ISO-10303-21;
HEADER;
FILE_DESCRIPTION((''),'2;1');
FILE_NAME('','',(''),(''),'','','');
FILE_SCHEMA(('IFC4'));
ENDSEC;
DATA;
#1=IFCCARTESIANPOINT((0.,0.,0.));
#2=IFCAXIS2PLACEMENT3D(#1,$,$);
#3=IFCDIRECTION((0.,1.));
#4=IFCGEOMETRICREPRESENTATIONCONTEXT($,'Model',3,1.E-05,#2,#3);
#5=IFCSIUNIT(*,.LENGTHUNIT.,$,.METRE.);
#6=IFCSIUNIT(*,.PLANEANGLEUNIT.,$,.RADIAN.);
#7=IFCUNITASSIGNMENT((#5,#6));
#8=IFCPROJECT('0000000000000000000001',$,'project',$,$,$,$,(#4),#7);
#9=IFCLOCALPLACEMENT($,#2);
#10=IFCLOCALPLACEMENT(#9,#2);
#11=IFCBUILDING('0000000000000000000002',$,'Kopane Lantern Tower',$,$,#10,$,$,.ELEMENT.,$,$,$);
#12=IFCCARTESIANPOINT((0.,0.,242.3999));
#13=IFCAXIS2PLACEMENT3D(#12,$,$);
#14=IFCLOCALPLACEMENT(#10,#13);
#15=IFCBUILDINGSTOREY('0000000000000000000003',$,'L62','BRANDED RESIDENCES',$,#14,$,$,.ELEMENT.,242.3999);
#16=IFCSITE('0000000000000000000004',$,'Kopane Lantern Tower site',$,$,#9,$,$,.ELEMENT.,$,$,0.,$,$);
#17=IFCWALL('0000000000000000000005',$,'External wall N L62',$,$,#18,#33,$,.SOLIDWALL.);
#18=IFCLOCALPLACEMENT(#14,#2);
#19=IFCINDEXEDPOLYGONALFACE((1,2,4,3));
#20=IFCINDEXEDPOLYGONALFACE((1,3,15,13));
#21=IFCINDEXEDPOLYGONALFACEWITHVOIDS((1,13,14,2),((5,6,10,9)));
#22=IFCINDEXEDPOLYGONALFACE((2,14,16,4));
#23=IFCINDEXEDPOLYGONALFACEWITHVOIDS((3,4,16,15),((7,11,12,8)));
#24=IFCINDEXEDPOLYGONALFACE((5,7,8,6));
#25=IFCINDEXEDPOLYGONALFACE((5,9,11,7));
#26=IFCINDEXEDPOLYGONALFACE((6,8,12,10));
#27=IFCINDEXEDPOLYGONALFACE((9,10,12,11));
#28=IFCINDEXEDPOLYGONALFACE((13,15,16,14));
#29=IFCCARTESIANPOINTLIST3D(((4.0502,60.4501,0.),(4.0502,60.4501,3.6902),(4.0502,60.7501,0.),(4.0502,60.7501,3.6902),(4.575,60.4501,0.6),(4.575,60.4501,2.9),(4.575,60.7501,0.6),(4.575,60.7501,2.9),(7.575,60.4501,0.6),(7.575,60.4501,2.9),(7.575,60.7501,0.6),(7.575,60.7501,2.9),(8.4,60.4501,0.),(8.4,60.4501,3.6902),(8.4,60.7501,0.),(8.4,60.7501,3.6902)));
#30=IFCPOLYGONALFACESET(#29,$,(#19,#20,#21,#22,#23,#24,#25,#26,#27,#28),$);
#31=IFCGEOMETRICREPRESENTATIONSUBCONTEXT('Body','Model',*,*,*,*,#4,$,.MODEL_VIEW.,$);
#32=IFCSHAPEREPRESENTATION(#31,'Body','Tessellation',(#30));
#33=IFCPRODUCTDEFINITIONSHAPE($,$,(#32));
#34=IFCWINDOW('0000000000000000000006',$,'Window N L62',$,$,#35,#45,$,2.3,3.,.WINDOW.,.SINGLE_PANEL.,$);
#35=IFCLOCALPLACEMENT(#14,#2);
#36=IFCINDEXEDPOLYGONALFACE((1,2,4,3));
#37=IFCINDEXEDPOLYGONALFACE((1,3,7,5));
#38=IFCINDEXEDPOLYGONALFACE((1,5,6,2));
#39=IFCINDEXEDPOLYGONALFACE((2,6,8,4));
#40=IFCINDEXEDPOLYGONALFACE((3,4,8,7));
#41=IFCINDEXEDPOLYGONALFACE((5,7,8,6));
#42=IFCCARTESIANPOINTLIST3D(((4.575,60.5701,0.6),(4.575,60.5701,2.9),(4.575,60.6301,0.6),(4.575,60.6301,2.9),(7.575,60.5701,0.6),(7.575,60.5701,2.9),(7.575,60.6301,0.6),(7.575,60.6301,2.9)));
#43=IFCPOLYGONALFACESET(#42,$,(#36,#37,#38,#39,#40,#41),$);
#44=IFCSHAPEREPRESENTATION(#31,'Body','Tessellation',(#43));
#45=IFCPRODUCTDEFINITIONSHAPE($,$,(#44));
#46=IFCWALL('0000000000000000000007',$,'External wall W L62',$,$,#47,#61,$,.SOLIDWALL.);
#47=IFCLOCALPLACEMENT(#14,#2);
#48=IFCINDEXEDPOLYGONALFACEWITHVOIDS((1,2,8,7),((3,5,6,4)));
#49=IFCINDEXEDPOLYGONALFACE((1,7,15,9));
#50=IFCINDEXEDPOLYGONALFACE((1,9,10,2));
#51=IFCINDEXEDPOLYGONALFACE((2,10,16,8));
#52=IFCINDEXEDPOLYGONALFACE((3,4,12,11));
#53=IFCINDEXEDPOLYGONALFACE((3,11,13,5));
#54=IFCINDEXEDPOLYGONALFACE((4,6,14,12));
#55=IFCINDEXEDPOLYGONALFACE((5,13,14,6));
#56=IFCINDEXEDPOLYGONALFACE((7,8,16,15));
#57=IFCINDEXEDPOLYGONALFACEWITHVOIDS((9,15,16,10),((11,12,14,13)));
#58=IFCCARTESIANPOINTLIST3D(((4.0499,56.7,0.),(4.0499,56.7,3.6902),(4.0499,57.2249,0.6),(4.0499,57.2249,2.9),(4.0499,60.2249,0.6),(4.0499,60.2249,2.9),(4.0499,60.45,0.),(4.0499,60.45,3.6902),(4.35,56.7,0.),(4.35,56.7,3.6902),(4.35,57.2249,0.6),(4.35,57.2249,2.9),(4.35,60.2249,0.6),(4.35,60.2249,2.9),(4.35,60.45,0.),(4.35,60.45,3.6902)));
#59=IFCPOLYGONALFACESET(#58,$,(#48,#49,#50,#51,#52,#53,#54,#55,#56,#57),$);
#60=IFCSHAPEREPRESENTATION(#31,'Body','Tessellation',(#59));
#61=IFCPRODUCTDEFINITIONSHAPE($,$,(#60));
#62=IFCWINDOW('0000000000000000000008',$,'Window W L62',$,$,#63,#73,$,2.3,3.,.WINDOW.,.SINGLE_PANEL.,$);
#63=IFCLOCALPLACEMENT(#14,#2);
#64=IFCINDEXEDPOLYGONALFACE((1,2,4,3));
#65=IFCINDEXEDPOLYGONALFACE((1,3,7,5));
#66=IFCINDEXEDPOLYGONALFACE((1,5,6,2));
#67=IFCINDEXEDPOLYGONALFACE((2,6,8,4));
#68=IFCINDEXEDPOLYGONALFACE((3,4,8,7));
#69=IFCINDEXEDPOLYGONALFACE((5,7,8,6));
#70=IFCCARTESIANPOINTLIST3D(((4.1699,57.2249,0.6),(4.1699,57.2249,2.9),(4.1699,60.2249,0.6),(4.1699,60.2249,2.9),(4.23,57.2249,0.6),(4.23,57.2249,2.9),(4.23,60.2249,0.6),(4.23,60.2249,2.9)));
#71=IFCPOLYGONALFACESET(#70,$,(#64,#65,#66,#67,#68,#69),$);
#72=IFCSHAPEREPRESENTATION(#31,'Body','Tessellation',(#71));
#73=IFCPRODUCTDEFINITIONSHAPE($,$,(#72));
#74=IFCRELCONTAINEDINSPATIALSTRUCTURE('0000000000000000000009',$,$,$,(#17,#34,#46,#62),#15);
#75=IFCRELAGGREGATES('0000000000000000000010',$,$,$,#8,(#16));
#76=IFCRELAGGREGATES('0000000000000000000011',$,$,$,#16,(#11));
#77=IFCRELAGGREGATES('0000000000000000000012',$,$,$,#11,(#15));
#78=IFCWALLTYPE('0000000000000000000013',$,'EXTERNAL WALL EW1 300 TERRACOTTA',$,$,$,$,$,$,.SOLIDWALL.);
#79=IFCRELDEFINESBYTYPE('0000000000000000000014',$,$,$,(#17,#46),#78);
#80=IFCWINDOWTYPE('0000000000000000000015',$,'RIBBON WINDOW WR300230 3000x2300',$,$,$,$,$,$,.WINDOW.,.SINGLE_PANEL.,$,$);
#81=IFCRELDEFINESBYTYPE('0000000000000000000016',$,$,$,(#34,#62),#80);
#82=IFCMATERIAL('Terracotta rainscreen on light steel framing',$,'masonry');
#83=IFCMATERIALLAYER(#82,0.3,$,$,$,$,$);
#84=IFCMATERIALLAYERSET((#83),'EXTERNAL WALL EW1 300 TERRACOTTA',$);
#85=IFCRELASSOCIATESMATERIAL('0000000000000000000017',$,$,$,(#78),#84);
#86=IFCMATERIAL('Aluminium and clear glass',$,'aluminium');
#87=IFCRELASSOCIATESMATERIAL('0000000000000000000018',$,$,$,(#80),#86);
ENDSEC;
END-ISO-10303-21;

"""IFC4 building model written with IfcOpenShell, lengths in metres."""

from ifc_helpers import new_model, si_unit, direction, frame, frame_2d, origin, place, context, subcontext, project, spatial, rectangle, extrude, material, layer, layer_set, type_object, element, fill, save


model = new_model("IFC4")

# Units and contexts
model_context = context("Model", 3, precision=1e-05, world=origin(), true_north=direction((0.0, 1.0)))
body_context = subcontext(model_context, "Body", "Model", "MODEL_VIEW")
ifc_project = project(units=[si_unit("LENGTHUNIT", "METRE"), si_unit("PLANEANGLEUNIT", "RADIAN")], contexts=[model_context])

# Site, building, storey
site_placement = place(None, origin())
site = spatial("IfcSite", under=ifc_project, at=site_placement, Name="Kopane Lantern Tower site", CompositionType="ELEMENT", RefElevation=0.0)
building_placement = place(site_placement, origin())
building = spatial("IfcBuilding", under=site, at=building_placement, Name="Kopane Lantern Tower", CompositionType="ELEMENT")
storey_placement = place(building_placement, frame((0.0, 0.0, 242.3999)))
storey = spatial("IfcBuildingStorey", under=building, at=storey_placement, Name="L62", Description="BRANDED RESIDENCES", CompositionType="ELEMENT", Elevation=242.3999)

# Walls, openings, windows
ifc_material_1 = material(Name="Terracotta rainscreen on light steel framing", Category="masonry")
ifc_layer_1 = layer(ifc_material_1, 0.3)
ifc_layer_set_1 = layer_set([ifc_layer_1], Name="EXTERNAL WALL EW1 300 TERRACOTTA")
wall_type = type_object("IfcWallType", Name="EXTERNAL WALL EW1 300 TERRACOTTA", PredefinedType="SOLIDWALL", material=ifc_layer_set_1)
ifc_material_2 = material(Name="Aluminium and clear glass", Category="aluminium")
window_type = type_object("IfcWindowType", Name="RIBBON WINDOW WR300230 3000x2300", PartitioningType="SINGLE_PANEL", PredefinedType="WINDOW", material=ifc_material_2)
wall_1_placement = place(storey_placement, frame((8.3999, 60.6001, 0.0), z_axis=(0.0, 0.0, 1.0), x_axis=(-1.0, 0.0, 0.0)))
wall_1 = element("IfcWall", 1, at=wall_1_placement, inside=storey, type_object=wall_type, Name="External wall N L62", PredefinedType="SOLIDWALL", context=body_context, shape_type="SweptSolid", body=[
    extrude(rectangle(XDim=4.3499, YDim=0.3, at=frame_2d((2.1748, 0.0))), origin(), (0.0, 0.0, 1.0), 3.6902),
])
opening_1_placement = place(wall_1_placement, frame((0.825, 0.0, 0.6001)))
opening_1 = element("IfcOpeningElement", 2, at=opening_1_placement, cuts=wall_1, PredefinedType="OPENING", context=body_context, shape_type="SweptSolid", body=[
    extrude(rectangle(XDim=3.0, YDim=2.3, at=frame_2d((1.5, 1.1499))), frame((0.0, 0.1599, 0.0), z_axis=(0.0, -1.0, 0.0), x_axis=(1.0, 0.0, 0.0)), (0.0, 0.0, 1.0), 0.3201),
])
window_1_placement = place(opening_1_placement, origin())
window_1 = element("IfcWindow", 3, at=window_1_placement, inside=storey, type_object=window_type, Name="Window N L62", OverallHeight=2.3, OverallWidth=3.0, PartitioningType="SINGLE_PANEL", PredefinedType="WINDOW", context=body_context, shape_type="SweptSolid", body=[
    extrude(rectangle(XDim=3.0, YDim=2.3, at=frame_2d((1.5, 1.1499))), frame((0.0, 0.03, 0.0), z_axis=(0.0, -1.0, 0.0), x_axis=(1.0, 0.0, 0.0)), (0.0, 0.0, 1.0), 0.0601),
])
fill(opening_1, window_1)
wall_2_placement = place(storey_placement, frame((4.2, 60.45, 0.0), z_axis=(0.0, 0.0, 1.0), x_axis=(0.0, -1.0, 0.0)))
wall_2 = element("IfcWall", 4, at=wall_2_placement, inside=storey, type_object=wall_type, Name="External wall W L62", PredefinedType="SOLIDWALL", context=body_context, shape_type="SweptSolid", body=[
    extrude(rectangle(XDim=3.75, YDim=0.3, at=frame_2d((1.875, 0.0))), origin(), (0.0, 0.0, 1.0), 3.6902),
])
opening_2_placement = place(wall_2_placement, frame((0.2251, 0.0, 0.6001)))
opening_2 = element("IfcOpeningElement", 5, at=opening_2_placement, cuts=wall_2, PredefinedType="OPENING", context=body_context, shape_type="SweptSolid", body=[
    extrude(rectangle(XDim=3.0, YDim=2.3, at=frame_2d((1.5, 1.1499))), frame((0.0, 0.1599, 0.0), z_axis=(0.0, -1.0, 0.0), x_axis=(1.0, 0.0, 0.0)), (0.0, 0.0, 1.0), 0.3201),
])
window_2_placement = place(opening_2_placement, origin())
window_2 = element("IfcWindow", 6, at=window_2_placement, inside=storey, type_object=window_type, Name="Window W L62", OverallHeight=2.3, OverallWidth=3.0, PartitioningType="SINGLE_PANEL", PredefinedType="WINDOW", context=body_context, shape_type="SweptSolid", body=[
    extrude(rectangle(XDim=3.0, YDim=2.3, at=frame_2d((1.5, 1.1499))), frame((0.0, 0.03, 0.0), z_axis=(0.0, -1.0, 0.0), x_axis=(1.0, 0.0, 0.0)), (0.0, 0.0, 1.0), 0.0601),
])
fill(opening_2, window_2)

save(model, "model.ifc")
